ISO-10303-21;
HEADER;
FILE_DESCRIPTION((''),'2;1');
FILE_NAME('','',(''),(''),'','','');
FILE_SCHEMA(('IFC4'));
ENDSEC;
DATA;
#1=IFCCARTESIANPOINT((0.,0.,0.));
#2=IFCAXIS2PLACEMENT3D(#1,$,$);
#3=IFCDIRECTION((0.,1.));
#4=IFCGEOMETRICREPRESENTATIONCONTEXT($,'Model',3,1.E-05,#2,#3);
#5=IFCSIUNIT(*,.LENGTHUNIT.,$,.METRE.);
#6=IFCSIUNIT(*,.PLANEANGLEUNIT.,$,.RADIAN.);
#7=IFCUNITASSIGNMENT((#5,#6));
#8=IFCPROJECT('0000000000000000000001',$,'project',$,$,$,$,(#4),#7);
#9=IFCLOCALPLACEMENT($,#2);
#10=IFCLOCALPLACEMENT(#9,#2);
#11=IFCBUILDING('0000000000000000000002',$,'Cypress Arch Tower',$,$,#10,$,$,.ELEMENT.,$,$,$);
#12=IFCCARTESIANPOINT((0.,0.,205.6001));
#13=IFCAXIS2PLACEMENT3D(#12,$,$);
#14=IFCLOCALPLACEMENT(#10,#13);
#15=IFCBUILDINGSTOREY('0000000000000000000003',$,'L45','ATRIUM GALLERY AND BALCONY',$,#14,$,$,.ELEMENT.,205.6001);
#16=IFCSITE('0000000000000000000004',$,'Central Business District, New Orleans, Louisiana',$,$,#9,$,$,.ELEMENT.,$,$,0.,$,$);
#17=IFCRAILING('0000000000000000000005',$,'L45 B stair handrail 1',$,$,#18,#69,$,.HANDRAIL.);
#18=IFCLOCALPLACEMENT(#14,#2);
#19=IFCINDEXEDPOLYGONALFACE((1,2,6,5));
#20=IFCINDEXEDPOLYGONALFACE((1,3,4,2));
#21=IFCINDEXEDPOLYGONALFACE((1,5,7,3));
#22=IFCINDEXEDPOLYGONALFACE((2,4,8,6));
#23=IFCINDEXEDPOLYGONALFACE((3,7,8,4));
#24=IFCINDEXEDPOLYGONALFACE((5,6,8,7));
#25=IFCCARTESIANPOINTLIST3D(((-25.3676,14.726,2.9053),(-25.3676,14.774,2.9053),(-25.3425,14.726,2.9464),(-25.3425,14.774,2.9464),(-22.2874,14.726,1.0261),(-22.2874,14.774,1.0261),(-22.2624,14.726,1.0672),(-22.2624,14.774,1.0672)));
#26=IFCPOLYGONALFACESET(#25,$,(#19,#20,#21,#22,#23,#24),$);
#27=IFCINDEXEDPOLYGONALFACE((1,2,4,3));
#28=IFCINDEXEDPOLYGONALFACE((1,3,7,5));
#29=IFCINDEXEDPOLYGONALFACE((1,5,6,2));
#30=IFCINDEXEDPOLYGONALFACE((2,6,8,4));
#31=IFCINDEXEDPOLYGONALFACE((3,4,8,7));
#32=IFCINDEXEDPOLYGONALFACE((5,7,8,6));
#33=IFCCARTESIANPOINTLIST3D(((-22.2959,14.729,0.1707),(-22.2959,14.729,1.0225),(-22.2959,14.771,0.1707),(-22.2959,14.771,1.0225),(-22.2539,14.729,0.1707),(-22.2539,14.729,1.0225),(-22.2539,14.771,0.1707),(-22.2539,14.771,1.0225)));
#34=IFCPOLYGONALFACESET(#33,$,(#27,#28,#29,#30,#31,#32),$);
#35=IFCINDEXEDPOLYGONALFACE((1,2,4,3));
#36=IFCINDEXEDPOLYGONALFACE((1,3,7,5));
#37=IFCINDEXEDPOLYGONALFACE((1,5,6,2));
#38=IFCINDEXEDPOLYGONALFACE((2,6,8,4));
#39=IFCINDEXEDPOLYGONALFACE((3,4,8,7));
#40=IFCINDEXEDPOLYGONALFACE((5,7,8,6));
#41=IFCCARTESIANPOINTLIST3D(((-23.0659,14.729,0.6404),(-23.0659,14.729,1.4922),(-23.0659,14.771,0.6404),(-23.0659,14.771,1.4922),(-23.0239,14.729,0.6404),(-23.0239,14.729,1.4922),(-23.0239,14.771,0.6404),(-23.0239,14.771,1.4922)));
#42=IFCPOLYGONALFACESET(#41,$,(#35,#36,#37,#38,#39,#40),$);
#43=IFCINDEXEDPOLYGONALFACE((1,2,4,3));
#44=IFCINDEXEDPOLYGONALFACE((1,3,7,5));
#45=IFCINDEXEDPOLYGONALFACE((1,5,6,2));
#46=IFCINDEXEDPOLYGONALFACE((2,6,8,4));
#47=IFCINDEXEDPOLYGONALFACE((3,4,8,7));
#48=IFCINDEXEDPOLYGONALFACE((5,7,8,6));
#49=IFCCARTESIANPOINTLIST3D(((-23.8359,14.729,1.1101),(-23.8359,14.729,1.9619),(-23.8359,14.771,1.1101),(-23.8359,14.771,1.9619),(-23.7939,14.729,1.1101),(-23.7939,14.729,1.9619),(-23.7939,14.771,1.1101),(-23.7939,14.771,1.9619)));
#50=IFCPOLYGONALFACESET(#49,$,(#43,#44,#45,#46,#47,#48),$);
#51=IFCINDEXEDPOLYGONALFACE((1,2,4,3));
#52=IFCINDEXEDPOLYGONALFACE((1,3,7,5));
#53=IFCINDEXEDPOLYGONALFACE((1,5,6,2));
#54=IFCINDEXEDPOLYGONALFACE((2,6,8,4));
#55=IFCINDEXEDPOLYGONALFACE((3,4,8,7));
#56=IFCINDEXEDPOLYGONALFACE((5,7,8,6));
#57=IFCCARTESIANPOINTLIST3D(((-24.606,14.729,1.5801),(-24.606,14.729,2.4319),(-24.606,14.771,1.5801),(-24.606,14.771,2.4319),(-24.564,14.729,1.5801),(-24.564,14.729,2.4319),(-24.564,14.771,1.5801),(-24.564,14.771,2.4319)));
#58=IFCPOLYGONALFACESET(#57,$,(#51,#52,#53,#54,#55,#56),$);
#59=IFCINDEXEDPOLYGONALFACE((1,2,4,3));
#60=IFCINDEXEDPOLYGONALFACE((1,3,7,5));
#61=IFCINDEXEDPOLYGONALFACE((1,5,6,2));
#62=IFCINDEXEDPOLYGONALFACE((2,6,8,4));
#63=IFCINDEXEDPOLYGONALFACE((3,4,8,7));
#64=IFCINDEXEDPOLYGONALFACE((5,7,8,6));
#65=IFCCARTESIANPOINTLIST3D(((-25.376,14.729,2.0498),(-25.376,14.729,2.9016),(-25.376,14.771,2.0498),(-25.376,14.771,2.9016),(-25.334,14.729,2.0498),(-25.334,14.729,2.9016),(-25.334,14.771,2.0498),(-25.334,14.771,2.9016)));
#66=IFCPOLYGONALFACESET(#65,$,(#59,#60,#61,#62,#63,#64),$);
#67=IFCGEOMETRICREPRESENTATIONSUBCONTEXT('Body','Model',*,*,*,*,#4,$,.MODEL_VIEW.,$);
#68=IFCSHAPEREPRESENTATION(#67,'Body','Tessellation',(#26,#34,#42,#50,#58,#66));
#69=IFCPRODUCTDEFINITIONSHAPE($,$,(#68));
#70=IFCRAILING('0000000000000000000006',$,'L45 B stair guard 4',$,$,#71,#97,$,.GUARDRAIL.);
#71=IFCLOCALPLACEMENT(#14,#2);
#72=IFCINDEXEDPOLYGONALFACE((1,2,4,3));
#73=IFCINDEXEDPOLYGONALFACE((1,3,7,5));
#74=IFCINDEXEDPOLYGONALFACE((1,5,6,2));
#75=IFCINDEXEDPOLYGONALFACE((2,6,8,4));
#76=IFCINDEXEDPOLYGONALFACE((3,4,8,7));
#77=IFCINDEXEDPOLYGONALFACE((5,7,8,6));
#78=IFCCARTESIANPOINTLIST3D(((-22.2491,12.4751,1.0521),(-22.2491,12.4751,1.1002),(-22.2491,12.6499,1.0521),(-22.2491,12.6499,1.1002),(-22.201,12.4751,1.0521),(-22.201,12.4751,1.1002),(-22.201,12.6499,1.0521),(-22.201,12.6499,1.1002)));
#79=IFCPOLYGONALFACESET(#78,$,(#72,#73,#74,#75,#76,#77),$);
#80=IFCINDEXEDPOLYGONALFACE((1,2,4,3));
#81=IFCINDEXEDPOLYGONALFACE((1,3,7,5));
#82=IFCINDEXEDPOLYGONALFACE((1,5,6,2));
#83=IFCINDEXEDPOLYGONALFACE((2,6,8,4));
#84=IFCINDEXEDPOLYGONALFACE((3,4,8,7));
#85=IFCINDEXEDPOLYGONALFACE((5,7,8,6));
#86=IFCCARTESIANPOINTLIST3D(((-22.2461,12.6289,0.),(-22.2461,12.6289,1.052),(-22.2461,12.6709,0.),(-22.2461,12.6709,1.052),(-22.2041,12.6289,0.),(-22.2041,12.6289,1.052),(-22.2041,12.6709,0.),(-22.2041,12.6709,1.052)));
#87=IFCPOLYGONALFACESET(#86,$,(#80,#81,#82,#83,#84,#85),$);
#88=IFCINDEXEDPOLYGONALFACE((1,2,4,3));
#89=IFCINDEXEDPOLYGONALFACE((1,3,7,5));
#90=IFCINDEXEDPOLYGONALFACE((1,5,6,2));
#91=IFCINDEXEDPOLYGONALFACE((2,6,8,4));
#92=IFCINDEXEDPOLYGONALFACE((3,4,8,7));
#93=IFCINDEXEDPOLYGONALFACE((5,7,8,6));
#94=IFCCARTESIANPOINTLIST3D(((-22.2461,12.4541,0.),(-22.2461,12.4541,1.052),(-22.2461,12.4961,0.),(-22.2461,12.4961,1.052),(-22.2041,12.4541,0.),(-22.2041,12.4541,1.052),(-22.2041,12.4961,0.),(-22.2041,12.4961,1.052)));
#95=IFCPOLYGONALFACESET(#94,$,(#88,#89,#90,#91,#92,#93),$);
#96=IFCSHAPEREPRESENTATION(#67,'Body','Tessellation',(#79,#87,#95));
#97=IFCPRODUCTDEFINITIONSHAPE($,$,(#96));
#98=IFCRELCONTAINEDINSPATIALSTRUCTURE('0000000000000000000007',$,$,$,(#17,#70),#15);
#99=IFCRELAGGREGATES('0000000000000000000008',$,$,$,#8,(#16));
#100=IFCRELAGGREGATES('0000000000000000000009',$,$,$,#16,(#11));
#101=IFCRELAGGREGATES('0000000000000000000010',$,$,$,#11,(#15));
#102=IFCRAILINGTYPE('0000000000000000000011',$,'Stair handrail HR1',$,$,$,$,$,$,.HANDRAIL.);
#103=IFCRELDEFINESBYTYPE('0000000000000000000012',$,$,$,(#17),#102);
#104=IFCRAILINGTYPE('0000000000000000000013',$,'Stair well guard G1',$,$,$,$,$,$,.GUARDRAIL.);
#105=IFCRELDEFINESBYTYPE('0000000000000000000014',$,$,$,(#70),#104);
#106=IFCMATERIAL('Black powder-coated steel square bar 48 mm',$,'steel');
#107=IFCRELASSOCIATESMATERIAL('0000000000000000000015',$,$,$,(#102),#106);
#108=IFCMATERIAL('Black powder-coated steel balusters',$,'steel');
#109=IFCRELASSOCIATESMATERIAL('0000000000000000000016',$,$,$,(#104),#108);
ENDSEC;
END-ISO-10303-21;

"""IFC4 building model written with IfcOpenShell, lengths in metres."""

from ifc_helpers import new_model, si_unit, direction, frame, origin, origin_2d, place, context, subcontext, project, spatial, rectangle, extrude, material, type_object, element, save


model = new_model("IFC4")

# Units and contexts
model_context = context("Model", 3, precision=1e-05, world=origin(), true_north=direction((0.0, 1.0)))
body_context = subcontext(model_context, "Body", "Model", "MODEL_VIEW")
ifc_project = project(units=[si_unit("LENGTHUNIT", "METRE"), si_unit("PLANEANGLEUNIT", "RADIAN")], contexts=[model_context])

# Site, building, storey
site_placement = place(None, origin())
site = spatial("IfcSite", under=ifc_project, at=site_placement, Name="Central Business District, New Orleans, Louisiana", CompositionType="ELEMENT", RefElevation=0.0)
building_placement = place(site_placement, origin())
building = spatial("IfcBuilding", under=site, at=building_placement, Name="Cypress Arch Tower", CompositionType="ELEMENT")
storey_placement = place(building_placement, frame((0.0, 0.0, 205.6001)))
storey = spatial("IfcBuildingStorey", under=building, at=storey_placement, Name="L45", Description="ATRIUM GALLERY AND BALCONY", CompositionType="ELEMENT", Elevation=205.6001)

# Railings
ifc_material_1 = material(Name="Black powder-coated steel square bar 48 mm", Category="steel")
railing_type_1 = type_object("IfcRailingType", Name="Stair handrail HR1", PredefinedType="HANDRAIL", material=ifc_material_1)
railing_1_placement = place(storey_placement, frame((-22.2749, 14.75, 0.1707)))
element("IfcRailing", 1, at=railing_1_placement, inside=storey, type_object=railing_type_1, Name="L45 B stair handrail 1", PredefinedType="HANDRAIL", context=body_context, shape_type="SweptSolid", body=[
    extrude(rectangle(XDim=0.0481, YDim=0.0481, at=origin_2d()), frame((0.0, 0.0, 0.876), z_axis=(-0.853666, 0.0, 0.52082), x_axis=(0.0, -1.0, 0.0)), (0.0, 0.0, 1.0), 3.6082),
    extrude(rectangle(XDim=0.042, YDim=0.042, at=origin_2d()), origin(), (0.0, 0.0, 1.0), 0.8518),
    extrude(rectangle(XDim=0.042, YDim=0.042, at=origin_2d()), frame((-0.77, 0.0, 0.4697)), (0.0, 0.0, 1.0), 0.8518),
    extrude(rectangle(XDim=0.042, YDim=0.042, at=origin_2d()), frame((-1.54, 0.0, 0.9395)), (0.0, 0.0, 1.0), 0.8518),
    extrude(rectangle(XDim=0.042, YDim=0.042, at=origin_2d()), frame((-2.3101, 0.0, 1.4094)), (0.0, 0.0, 1.0), 0.8518),
    extrude(rectangle(XDim=0.042, YDim=0.042, at=origin_2d()), frame((-3.0801, 0.0, 1.8792)), (0.0, 0.0, 1.0), 0.8518),
])
ifc_material_2 = material(Name="Black powder-coated steel balusters", Category="steel")
railing_type_2 = type_object("IfcRailingType", Name="Stair well guard G1", PredefinedType="GUARDRAIL", material=ifc_material_2)
railing_2_placement = place(storey_placement, frame((-22.2251, 12.6499, 0.0)))
element("IfcRailing", 2, at=railing_2_placement, inside=storey, type_object=railing_type_2, Name="L45 B stair guard 4", PredefinedType="GUARDRAIL", context=body_context, shape_type="SweptSolid", body=[
    extrude(rectangle(XDim=0.0481, YDim=0.0481, at=origin_2d()), frame((0.0, 0.0, 1.0762), z_axis=(0.0, -1.0, 0.0), x_axis=(1.0, 0.0, 0.0)), (0.0, 0.0, 1.0), 0.1748),
    extrude(rectangle(XDim=0.042, YDim=0.042, at=origin_2d()), origin(), (0.0, 0.0, 1.0), 1.052),
    extrude(rectangle(XDim=0.042, YDim=0.042, at=origin_2d()), frame((0.0, -0.1748, 0.0)), (0.0, 0.0, 1.0), 1.052),
])

save(model, "model.ifc")
